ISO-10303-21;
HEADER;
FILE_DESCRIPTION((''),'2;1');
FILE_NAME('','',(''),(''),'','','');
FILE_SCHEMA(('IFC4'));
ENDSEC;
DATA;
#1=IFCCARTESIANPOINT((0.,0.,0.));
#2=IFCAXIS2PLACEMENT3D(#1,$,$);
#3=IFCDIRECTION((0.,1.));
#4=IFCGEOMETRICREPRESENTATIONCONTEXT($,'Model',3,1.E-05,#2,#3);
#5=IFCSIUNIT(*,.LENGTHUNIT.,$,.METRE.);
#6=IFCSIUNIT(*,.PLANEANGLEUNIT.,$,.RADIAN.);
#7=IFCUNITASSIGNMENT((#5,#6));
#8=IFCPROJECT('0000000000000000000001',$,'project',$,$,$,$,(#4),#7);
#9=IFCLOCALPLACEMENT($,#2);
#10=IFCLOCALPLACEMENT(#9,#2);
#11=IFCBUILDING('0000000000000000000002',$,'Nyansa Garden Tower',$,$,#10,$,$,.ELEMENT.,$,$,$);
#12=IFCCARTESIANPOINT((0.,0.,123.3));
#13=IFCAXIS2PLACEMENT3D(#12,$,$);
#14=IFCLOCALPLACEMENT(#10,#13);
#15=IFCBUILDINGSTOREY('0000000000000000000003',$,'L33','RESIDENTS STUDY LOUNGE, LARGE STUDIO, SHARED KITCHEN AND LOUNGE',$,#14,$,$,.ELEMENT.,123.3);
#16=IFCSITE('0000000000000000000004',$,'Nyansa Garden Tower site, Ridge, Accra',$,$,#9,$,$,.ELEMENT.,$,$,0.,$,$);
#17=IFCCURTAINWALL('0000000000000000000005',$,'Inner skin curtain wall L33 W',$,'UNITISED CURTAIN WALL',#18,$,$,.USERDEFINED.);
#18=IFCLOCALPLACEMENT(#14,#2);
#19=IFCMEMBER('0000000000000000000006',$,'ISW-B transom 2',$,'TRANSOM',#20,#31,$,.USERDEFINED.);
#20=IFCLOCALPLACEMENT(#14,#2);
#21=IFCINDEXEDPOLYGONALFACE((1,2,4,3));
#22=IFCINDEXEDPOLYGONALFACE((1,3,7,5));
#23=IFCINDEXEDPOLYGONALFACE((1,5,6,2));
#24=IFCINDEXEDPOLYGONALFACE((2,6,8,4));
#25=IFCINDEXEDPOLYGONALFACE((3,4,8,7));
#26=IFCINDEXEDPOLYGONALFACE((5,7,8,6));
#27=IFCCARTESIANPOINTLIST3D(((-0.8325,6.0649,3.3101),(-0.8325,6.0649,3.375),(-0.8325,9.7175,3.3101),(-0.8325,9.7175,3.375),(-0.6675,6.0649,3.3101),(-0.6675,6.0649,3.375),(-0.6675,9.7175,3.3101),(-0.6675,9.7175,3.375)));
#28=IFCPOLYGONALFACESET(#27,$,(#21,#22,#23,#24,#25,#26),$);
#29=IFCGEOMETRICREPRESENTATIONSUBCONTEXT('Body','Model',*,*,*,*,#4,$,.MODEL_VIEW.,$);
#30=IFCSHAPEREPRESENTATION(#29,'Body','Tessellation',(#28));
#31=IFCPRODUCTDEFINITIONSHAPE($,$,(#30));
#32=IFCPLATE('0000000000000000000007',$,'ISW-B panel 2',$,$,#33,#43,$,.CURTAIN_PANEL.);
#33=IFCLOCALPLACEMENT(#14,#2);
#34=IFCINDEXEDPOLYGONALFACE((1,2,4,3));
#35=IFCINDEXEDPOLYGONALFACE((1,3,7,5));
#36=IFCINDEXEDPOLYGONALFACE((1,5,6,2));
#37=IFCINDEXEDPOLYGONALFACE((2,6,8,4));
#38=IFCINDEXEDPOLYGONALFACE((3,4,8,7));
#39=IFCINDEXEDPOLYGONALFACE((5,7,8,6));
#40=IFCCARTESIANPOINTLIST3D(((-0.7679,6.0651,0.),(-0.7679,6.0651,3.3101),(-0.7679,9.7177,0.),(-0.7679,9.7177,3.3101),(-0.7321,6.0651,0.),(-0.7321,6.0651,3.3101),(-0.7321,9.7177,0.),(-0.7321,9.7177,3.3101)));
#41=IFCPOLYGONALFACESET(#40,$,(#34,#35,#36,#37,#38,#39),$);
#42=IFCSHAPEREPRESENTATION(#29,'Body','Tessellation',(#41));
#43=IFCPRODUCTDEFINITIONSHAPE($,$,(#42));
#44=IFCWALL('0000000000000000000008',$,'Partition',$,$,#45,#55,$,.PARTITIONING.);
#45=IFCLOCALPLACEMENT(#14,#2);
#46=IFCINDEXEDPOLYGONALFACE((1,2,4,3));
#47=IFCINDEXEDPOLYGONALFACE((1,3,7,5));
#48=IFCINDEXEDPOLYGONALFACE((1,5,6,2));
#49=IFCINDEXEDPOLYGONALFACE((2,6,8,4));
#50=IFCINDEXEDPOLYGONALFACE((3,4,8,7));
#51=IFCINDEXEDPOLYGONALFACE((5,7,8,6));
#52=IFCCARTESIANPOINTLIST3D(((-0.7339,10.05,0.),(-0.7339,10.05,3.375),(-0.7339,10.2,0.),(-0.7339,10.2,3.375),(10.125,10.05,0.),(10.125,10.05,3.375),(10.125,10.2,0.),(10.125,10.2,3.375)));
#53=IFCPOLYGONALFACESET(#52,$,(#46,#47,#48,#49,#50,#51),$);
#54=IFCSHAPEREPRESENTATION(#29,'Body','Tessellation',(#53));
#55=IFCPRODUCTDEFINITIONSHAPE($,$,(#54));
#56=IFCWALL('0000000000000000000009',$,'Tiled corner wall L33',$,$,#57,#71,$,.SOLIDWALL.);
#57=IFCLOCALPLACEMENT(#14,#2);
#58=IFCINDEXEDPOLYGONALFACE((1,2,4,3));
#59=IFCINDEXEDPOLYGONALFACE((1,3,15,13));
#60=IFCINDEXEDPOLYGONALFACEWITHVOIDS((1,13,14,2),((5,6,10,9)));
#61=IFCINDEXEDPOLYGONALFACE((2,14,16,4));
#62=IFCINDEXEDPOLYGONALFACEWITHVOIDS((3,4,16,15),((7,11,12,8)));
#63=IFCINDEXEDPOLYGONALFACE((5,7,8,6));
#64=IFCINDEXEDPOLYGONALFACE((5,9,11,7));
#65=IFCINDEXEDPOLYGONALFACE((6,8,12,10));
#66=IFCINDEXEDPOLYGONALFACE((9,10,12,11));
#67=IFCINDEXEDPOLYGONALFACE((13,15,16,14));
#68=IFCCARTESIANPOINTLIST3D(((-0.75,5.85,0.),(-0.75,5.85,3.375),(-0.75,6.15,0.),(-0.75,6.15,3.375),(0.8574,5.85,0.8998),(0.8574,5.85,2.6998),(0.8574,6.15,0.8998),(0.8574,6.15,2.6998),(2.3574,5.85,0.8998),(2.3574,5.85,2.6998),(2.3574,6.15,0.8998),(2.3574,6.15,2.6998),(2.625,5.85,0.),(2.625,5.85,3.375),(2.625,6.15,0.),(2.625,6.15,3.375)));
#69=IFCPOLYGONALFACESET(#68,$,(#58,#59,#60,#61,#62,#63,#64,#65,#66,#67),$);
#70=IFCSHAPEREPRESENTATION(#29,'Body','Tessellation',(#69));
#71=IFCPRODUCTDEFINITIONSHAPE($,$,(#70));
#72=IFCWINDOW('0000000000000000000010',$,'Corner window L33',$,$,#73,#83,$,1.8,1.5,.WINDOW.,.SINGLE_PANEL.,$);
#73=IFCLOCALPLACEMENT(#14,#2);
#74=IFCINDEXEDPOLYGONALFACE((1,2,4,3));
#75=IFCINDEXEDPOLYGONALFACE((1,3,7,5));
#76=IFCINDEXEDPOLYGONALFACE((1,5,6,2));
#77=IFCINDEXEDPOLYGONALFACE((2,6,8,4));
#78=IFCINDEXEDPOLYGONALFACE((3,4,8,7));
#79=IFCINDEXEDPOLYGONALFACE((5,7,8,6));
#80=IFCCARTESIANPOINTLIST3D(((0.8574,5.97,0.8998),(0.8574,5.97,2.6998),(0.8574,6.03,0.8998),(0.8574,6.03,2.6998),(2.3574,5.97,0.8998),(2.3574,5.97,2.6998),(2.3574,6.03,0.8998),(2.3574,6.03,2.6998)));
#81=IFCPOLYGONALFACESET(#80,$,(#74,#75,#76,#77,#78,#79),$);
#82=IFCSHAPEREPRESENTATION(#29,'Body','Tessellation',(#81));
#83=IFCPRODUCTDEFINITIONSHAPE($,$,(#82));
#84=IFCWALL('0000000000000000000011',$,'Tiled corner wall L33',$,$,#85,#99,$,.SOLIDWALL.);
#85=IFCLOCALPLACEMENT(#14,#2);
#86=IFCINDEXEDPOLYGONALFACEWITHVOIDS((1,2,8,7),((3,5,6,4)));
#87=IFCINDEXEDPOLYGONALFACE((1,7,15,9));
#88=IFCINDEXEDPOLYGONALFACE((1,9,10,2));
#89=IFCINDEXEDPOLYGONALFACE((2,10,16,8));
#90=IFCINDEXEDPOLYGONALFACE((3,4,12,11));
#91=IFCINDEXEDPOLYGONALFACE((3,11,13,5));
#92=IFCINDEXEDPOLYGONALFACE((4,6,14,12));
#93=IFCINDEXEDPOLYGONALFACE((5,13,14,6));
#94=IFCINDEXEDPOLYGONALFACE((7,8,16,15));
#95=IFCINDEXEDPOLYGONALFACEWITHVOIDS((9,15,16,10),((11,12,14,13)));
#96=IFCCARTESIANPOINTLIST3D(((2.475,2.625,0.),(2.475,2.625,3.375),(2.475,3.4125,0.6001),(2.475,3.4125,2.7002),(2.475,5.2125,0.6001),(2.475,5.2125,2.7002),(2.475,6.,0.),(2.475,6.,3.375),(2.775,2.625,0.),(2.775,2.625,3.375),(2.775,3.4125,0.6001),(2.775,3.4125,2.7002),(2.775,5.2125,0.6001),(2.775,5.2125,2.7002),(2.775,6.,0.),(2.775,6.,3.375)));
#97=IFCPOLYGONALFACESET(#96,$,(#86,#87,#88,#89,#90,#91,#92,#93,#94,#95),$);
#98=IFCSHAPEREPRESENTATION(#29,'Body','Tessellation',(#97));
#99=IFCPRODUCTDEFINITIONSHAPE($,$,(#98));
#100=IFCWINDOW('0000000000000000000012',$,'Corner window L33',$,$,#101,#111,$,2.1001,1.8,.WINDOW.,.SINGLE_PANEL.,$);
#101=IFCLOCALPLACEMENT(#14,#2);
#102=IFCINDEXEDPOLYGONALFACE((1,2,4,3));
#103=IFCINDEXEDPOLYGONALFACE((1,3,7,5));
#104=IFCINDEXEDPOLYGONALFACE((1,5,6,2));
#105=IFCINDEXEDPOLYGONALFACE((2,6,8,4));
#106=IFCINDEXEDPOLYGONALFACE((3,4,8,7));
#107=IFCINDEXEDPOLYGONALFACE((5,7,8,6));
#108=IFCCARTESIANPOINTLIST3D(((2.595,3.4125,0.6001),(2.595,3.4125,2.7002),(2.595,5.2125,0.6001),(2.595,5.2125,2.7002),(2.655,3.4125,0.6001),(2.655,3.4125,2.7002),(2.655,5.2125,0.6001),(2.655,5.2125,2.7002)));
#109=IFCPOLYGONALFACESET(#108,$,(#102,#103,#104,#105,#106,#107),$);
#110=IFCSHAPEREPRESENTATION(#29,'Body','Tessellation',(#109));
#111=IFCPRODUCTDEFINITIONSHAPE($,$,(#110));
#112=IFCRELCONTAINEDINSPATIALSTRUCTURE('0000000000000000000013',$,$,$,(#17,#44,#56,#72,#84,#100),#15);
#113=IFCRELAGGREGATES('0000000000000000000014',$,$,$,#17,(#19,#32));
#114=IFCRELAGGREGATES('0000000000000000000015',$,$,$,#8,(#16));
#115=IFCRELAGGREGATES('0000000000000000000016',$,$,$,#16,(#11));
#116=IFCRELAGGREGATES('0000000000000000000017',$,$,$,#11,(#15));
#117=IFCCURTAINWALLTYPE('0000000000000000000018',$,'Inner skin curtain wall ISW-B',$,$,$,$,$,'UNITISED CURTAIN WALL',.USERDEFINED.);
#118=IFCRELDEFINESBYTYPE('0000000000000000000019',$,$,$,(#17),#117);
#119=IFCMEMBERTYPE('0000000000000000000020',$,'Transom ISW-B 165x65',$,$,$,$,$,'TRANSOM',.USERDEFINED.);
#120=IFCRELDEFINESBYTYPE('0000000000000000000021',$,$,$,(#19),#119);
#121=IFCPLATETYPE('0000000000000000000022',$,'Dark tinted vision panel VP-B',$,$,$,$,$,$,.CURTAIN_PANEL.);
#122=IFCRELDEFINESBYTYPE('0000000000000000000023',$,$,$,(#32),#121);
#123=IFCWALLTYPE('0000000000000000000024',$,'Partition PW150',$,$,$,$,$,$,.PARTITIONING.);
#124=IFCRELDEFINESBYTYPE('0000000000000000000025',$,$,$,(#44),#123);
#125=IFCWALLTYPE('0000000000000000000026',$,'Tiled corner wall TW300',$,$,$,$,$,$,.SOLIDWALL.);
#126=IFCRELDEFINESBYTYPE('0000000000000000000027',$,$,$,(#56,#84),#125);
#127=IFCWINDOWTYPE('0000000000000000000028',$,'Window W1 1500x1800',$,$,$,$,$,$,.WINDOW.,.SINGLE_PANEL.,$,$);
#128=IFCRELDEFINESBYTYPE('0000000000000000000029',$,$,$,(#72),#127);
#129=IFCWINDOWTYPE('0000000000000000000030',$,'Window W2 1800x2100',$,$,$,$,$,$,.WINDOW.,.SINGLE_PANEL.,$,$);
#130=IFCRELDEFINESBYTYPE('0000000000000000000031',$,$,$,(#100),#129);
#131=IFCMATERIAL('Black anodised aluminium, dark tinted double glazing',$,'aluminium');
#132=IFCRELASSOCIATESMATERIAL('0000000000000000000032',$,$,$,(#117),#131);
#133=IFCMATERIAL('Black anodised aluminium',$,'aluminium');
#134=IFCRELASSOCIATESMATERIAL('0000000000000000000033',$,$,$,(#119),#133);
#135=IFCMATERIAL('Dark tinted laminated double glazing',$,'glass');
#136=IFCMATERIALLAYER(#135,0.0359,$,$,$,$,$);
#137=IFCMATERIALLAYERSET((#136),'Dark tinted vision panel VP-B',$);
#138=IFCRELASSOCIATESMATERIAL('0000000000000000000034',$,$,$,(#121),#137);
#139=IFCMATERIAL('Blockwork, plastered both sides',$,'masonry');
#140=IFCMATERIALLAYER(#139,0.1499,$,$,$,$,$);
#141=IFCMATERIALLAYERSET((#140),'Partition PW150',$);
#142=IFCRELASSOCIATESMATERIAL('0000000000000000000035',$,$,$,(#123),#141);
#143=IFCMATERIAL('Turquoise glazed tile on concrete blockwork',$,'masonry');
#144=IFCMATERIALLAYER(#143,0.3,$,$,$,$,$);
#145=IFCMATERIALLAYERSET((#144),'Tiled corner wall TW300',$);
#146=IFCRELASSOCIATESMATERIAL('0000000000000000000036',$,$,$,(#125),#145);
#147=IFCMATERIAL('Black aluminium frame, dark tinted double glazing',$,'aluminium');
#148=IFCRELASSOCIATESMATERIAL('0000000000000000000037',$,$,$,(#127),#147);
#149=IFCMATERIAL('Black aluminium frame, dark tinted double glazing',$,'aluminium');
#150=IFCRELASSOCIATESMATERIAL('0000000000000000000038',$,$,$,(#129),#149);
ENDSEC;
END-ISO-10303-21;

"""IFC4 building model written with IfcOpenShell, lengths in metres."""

from ifc_helpers import new_model, si_unit, direction, frame, frame_2d, origin, origin_2d, place, context, subcontext, project, spatial, rectangle, extrude, material, layer, layer_set, material_profile, profile_set, type_object, element, fill, aggregate, save


model = new_model("IFC4")

# Units and contexts
model_context = context("Model", 3, precision=1e-05, world=origin(), true_north=direction((0.0, 1.0)))
body_context = subcontext(model_context, "Body", "Model", "MODEL_VIEW")
ifc_project = project(units=[si_unit("LENGTHUNIT", "METRE"), si_unit("PLANEANGLEUNIT", "RADIAN")], contexts=[model_context])

# Site, building, storey
site_placement = place(None, origin())
site = spatial("IfcSite", under=ifc_project, at=site_placement, Name="Nyansa Garden Tower site, Ridge, Accra", CompositionType="ELEMENT", RefElevation=0.0)
building_placement = place(site_placement, origin())
building = spatial("IfcBuilding", under=site, at=building_placement, Name="Nyansa Garden Tower", CompositionType="ELEMENT")
storey_placement = place(building_placement, frame((0.0, 0.0, 123.3)))
storey = spatial("IfcBuildingStorey", under=building, at=storey_placement, Name="L33", Description="RESIDENTS STUDY LOUNGE, LARGE STUDIO, SHARED KITCHEN AND LOUNGE", CompositionType="ELEMENT", Elevation=123.3)

# Curtain wall
ifc_material_1 = material(Name="Black anodised aluminium, dark tinted double glazing", Category="aluminium")
curtain_wall_type = type_object("IfcCurtainWallType", Name="Inner skin curtain wall ISW-B", ElementType="UNITISED CURTAIN WALL", PredefinedType="USERDEFINED", material=ifc_material_1)
curtain_wall_placement = place(storey_placement, origin())
curtain_wall = element("IfcCurtainWall", 1, at=curtain_wall_placement, inside=storey, type_object=curtain_wall_type, Name="Inner skin curtain wall L33 W", ObjectType="UNITISED CURTAIN WALL", PredefinedType="USERDEFINED")

# Member
ifc_material_2 = material(Name="Black anodised aluminium", Category="aluminium")
ifc_material_profile_1 = material_profile(ifc_material_2, rectangle(XDim=0.165, YDim=0.0649, at=origin_2d()), Name="Transom 165x65")
ifc_profile_set_1 = profile_set([ifc_material_profile_1], Name="Black anodised aluminium")
member_type_1 = type_object("IfcMemberType", Name="Transom ISW-B 165x65", ElementType="TRANSOM", PredefinedType="USERDEFINED", material=ifc_profile_set_1)
member_1_placement = place(storey_placement, frame((-0.75, 9.7175, 3.3425), z_axis=(0.0, -1.0, 0.0), x_axis=(1.0, 0.0, 0.0)))
member_1 = element("IfcMember", 2, at=member_1_placement, type_object=member_type_1, Name="ISW-B transom 2", ObjectType="TRANSOM", PredefinedType="USERDEFINED", context=body_context, shape_type="SweptSolid", body=[
    extrude(rectangle(XDim=0.165, YDim=0.0649, at=origin_2d()), origin(), (0.0, 0.0, 1.0), 3.6526),
])

# Plate
ifc_material_3 = material(Name="Dark tinted laminated double glazing", Category="glass")
ifc_layer_1 = layer(ifc_material_3, 0.0359)
ifc_layer_set_1 = layer_set([ifc_layer_1], Name="Dark tinted vision panel VP-B")
plate_type = type_object("IfcPlateType", Name="Dark tinted vision panel VP-B", PredefinedType="CURTAIN_PANEL", material=ifc_layer_set_1)
plate_placement = place(storey_placement, frame((-0.75, 7.8914, 0.0), z_axis=(0.0, 0.0, 1.0), x_axis=(0.0, -1.0, 0.0)))
plate = element("IfcPlate", 3, at=plate_placement, type_object=plate_type, Name="ISW-B panel 2", PredefinedType="CURTAIN_PANEL", context=body_context, shape_type="SweptSolid", body=[
    extrude(rectangle(XDim=3.6526, YDim=0.0359, at=origin_2d()), origin(), (0.0, 0.0, 1.0), 3.3101),
])
aggregate(curtain_wall, [member_1, plate])

# Wall
ifc_material_4 = material(Name="Blockwork, plastered both sides", Category="masonry")
ifc_layer_2 = layer(ifc_material_4, 0.1499)
ifc_layer_set_2 = layer_set([ifc_layer_2], Name="Partition PW150")
wall_type_1 = type_object("IfcWallType", Name="Partition PW150", PredefinedType="PARTITIONING", material=ifc_layer_set_2)
wall_1_placement = place(storey_placement, frame((-0.7339, 10.125, 0.0), z_axis=(0.0, 0.0, 1.0), x_axis=(1.0, 0.0, 0.0)))
element("IfcWall", 4, at=wall_1_placement, inside=storey, type_object=wall_type_1, Name="Partition", PredefinedType="PARTITIONING", context=body_context, shape_type="SweptSolid", body=[
    extrude(rectangle(XDim=10.8589, YDim=0.1499, at=frame_2d((5.4294, 0.0))), origin(), (0.0, 0.0, 1.0), 3.375),
])

# Walls, openings, windows
ifc_material_5 = material(Name="Turquoise glazed tile on concrete blockwork", Category="masonry")
ifc_layer_3 = layer(ifc_material_5, 0.3)
ifc_layer_set_3 = layer_set([ifc_layer_3], Name="Tiled corner wall TW300")
wall_type_2 = type_object("IfcWallType", Name="Tiled corner wall TW300", PredefinedType="SOLIDWALL", material=ifc_layer_set_3)
wall_2_placement = place(storey_placement, frame((-0.75, 6.0, 0.0), z_axis=(0.0, 0.0, 1.0), x_axis=(1.0, 0.0, 0.0)))
wall_2 = element("IfcWall", 5, at=wall_2_placement, inside=storey, type_object=wall_type_2, Name="Tiled corner wall L33", PredefinedType="SOLIDWALL", context=body_context, shape_type="SweptSolid", body=[
    extrude(rectangle(XDim=3.375, YDim=0.3, at=frame_2d((1.6875, 0.0))), origin(), (0.0, 0.0, 1.0), 3.375),
])
opening_1_placement = place(wall_2_placement, frame((1.6074, 0.0, 0.8999)))
opening_1 = element("IfcOpeningElement", 6, at=opening_1_placement, cuts=wall_2, PredefinedType="OPENING", context=body_context, shape_type="SweptSolid", body=[
    extrude(rectangle(XDim=1.5, YDim=1.8, at=frame_2d((0.75, 0.8999))), frame((0.0, 0.1599, 0.0), z_axis=(0.0, -1.0, 0.0), x_axis=(1.0, 0.0, 0.0)), (0.0, 0.0, 1.0), 0.3201),
])
ifc_material_6 = material(Name="Black aluminium frame, dark tinted double glazing", Category="aluminium")
window_type_1 = type_object("IfcWindowType", Name="Window W1 1500x1800", PartitioningType="SINGLE_PANEL", PredefinedType="WINDOW", material=ifc_material_6)
window_1_placement = place(opening_1_placement, origin())
window_1 = element("IfcWindow", 7, at=window_1_placement, inside=storey, type_object=window_type_1, Name="Corner window L33", OverallHeight=1.8, OverallWidth=1.5, PartitioningType="SINGLE_PANEL", PredefinedType="WINDOW", context=body_context, shape_type="SweptSolid", body=[
    extrude(rectangle(XDim=1.5, YDim=1.8, at=frame_2d((0.75, 0.8999))), frame((0.0, 0.03, 0.0), z_axis=(0.0, -1.0, 0.0), x_axis=(1.0, 0.0, 0.0)), (0.0, 0.0, 1.0), 0.0601),
])
fill(opening_1, window_1)
wall_3_placement = place(storey_placement, frame((2.625, 6.0, 0.0), z_axis=(0.0, 0.0, 1.0), x_axis=(0.0, -1.0, 0.0)))
wall_3 = element("IfcWall", 8, at=wall_3_placement, inside=storey, type_object=wall_type_2, Name="Tiled corner wall L33", PredefinedType="SOLIDWALL", context=body_context, shape_type="SweptSolid", body=[
    extrude(rectangle(XDim=3.375, YDim=0.3, at=frame_2d((1.6875, 0.0))), origin(), (0.0, 0.0, 1.0), 3.375),
])
opening_2_placement = place(wall_3_placement, frame((0.7876, 0.0, 0.6001)))
opening_2 = element("IfcOpeningElement", 9, at=opening_2_placement, cuts=wall_3, PredefinedType="OPENING", context=body_context, shape_type="SweptSolid", body=[
    extrude(rectangle(XDim=1.8, YDim=2.1001, at=frame_2d((0.8999, 1.05))), frame((0.0, 0.1599, 0.0), z_axis=(0.0, -1.0, 0.0), x_axis=(1.0, 0.0, 0.0)), (0.0, 0.0, 1.0), 0.3201),
])
ifc_material_7 = material(Name="Black aluminium frame, dark tinted double glazing", Category="aluminium")
window_type_2 = type_object("IfcWindowType", Name="Window W2 1800x2100", PartitioningType="SINGLE_PANEL", PredefinedType="WINDOW", material=ifc_material_7)
window_2_placement = place(opening_2_placement, origin())
window_2 = element("IfcWindow", 10, at=window_2_placement, inside=storey, type_object=window_type_2, Name="Corner window L33", OverallHeight=2.1001, OverallWidth=1.8, PartitioningType="SINGLE_PANEL", PredefinedType="WINDOW", context=body_context, shape_type="SweptSolid", body=[
    extrude(rectangle(XDim=1.8, YDim=2.1001, at=frame_2d((0.8999, 1.05))), frame((0.0, 0.03, 0.0), z_axis=(0.0, -1.0, 0.0), x_axis=(1.0, 0.0, 0.0)), (0.0, 0.0, 1.0), 0.0601),
])
fill(opening_2, window_2)

save(model, "model.ifc")
